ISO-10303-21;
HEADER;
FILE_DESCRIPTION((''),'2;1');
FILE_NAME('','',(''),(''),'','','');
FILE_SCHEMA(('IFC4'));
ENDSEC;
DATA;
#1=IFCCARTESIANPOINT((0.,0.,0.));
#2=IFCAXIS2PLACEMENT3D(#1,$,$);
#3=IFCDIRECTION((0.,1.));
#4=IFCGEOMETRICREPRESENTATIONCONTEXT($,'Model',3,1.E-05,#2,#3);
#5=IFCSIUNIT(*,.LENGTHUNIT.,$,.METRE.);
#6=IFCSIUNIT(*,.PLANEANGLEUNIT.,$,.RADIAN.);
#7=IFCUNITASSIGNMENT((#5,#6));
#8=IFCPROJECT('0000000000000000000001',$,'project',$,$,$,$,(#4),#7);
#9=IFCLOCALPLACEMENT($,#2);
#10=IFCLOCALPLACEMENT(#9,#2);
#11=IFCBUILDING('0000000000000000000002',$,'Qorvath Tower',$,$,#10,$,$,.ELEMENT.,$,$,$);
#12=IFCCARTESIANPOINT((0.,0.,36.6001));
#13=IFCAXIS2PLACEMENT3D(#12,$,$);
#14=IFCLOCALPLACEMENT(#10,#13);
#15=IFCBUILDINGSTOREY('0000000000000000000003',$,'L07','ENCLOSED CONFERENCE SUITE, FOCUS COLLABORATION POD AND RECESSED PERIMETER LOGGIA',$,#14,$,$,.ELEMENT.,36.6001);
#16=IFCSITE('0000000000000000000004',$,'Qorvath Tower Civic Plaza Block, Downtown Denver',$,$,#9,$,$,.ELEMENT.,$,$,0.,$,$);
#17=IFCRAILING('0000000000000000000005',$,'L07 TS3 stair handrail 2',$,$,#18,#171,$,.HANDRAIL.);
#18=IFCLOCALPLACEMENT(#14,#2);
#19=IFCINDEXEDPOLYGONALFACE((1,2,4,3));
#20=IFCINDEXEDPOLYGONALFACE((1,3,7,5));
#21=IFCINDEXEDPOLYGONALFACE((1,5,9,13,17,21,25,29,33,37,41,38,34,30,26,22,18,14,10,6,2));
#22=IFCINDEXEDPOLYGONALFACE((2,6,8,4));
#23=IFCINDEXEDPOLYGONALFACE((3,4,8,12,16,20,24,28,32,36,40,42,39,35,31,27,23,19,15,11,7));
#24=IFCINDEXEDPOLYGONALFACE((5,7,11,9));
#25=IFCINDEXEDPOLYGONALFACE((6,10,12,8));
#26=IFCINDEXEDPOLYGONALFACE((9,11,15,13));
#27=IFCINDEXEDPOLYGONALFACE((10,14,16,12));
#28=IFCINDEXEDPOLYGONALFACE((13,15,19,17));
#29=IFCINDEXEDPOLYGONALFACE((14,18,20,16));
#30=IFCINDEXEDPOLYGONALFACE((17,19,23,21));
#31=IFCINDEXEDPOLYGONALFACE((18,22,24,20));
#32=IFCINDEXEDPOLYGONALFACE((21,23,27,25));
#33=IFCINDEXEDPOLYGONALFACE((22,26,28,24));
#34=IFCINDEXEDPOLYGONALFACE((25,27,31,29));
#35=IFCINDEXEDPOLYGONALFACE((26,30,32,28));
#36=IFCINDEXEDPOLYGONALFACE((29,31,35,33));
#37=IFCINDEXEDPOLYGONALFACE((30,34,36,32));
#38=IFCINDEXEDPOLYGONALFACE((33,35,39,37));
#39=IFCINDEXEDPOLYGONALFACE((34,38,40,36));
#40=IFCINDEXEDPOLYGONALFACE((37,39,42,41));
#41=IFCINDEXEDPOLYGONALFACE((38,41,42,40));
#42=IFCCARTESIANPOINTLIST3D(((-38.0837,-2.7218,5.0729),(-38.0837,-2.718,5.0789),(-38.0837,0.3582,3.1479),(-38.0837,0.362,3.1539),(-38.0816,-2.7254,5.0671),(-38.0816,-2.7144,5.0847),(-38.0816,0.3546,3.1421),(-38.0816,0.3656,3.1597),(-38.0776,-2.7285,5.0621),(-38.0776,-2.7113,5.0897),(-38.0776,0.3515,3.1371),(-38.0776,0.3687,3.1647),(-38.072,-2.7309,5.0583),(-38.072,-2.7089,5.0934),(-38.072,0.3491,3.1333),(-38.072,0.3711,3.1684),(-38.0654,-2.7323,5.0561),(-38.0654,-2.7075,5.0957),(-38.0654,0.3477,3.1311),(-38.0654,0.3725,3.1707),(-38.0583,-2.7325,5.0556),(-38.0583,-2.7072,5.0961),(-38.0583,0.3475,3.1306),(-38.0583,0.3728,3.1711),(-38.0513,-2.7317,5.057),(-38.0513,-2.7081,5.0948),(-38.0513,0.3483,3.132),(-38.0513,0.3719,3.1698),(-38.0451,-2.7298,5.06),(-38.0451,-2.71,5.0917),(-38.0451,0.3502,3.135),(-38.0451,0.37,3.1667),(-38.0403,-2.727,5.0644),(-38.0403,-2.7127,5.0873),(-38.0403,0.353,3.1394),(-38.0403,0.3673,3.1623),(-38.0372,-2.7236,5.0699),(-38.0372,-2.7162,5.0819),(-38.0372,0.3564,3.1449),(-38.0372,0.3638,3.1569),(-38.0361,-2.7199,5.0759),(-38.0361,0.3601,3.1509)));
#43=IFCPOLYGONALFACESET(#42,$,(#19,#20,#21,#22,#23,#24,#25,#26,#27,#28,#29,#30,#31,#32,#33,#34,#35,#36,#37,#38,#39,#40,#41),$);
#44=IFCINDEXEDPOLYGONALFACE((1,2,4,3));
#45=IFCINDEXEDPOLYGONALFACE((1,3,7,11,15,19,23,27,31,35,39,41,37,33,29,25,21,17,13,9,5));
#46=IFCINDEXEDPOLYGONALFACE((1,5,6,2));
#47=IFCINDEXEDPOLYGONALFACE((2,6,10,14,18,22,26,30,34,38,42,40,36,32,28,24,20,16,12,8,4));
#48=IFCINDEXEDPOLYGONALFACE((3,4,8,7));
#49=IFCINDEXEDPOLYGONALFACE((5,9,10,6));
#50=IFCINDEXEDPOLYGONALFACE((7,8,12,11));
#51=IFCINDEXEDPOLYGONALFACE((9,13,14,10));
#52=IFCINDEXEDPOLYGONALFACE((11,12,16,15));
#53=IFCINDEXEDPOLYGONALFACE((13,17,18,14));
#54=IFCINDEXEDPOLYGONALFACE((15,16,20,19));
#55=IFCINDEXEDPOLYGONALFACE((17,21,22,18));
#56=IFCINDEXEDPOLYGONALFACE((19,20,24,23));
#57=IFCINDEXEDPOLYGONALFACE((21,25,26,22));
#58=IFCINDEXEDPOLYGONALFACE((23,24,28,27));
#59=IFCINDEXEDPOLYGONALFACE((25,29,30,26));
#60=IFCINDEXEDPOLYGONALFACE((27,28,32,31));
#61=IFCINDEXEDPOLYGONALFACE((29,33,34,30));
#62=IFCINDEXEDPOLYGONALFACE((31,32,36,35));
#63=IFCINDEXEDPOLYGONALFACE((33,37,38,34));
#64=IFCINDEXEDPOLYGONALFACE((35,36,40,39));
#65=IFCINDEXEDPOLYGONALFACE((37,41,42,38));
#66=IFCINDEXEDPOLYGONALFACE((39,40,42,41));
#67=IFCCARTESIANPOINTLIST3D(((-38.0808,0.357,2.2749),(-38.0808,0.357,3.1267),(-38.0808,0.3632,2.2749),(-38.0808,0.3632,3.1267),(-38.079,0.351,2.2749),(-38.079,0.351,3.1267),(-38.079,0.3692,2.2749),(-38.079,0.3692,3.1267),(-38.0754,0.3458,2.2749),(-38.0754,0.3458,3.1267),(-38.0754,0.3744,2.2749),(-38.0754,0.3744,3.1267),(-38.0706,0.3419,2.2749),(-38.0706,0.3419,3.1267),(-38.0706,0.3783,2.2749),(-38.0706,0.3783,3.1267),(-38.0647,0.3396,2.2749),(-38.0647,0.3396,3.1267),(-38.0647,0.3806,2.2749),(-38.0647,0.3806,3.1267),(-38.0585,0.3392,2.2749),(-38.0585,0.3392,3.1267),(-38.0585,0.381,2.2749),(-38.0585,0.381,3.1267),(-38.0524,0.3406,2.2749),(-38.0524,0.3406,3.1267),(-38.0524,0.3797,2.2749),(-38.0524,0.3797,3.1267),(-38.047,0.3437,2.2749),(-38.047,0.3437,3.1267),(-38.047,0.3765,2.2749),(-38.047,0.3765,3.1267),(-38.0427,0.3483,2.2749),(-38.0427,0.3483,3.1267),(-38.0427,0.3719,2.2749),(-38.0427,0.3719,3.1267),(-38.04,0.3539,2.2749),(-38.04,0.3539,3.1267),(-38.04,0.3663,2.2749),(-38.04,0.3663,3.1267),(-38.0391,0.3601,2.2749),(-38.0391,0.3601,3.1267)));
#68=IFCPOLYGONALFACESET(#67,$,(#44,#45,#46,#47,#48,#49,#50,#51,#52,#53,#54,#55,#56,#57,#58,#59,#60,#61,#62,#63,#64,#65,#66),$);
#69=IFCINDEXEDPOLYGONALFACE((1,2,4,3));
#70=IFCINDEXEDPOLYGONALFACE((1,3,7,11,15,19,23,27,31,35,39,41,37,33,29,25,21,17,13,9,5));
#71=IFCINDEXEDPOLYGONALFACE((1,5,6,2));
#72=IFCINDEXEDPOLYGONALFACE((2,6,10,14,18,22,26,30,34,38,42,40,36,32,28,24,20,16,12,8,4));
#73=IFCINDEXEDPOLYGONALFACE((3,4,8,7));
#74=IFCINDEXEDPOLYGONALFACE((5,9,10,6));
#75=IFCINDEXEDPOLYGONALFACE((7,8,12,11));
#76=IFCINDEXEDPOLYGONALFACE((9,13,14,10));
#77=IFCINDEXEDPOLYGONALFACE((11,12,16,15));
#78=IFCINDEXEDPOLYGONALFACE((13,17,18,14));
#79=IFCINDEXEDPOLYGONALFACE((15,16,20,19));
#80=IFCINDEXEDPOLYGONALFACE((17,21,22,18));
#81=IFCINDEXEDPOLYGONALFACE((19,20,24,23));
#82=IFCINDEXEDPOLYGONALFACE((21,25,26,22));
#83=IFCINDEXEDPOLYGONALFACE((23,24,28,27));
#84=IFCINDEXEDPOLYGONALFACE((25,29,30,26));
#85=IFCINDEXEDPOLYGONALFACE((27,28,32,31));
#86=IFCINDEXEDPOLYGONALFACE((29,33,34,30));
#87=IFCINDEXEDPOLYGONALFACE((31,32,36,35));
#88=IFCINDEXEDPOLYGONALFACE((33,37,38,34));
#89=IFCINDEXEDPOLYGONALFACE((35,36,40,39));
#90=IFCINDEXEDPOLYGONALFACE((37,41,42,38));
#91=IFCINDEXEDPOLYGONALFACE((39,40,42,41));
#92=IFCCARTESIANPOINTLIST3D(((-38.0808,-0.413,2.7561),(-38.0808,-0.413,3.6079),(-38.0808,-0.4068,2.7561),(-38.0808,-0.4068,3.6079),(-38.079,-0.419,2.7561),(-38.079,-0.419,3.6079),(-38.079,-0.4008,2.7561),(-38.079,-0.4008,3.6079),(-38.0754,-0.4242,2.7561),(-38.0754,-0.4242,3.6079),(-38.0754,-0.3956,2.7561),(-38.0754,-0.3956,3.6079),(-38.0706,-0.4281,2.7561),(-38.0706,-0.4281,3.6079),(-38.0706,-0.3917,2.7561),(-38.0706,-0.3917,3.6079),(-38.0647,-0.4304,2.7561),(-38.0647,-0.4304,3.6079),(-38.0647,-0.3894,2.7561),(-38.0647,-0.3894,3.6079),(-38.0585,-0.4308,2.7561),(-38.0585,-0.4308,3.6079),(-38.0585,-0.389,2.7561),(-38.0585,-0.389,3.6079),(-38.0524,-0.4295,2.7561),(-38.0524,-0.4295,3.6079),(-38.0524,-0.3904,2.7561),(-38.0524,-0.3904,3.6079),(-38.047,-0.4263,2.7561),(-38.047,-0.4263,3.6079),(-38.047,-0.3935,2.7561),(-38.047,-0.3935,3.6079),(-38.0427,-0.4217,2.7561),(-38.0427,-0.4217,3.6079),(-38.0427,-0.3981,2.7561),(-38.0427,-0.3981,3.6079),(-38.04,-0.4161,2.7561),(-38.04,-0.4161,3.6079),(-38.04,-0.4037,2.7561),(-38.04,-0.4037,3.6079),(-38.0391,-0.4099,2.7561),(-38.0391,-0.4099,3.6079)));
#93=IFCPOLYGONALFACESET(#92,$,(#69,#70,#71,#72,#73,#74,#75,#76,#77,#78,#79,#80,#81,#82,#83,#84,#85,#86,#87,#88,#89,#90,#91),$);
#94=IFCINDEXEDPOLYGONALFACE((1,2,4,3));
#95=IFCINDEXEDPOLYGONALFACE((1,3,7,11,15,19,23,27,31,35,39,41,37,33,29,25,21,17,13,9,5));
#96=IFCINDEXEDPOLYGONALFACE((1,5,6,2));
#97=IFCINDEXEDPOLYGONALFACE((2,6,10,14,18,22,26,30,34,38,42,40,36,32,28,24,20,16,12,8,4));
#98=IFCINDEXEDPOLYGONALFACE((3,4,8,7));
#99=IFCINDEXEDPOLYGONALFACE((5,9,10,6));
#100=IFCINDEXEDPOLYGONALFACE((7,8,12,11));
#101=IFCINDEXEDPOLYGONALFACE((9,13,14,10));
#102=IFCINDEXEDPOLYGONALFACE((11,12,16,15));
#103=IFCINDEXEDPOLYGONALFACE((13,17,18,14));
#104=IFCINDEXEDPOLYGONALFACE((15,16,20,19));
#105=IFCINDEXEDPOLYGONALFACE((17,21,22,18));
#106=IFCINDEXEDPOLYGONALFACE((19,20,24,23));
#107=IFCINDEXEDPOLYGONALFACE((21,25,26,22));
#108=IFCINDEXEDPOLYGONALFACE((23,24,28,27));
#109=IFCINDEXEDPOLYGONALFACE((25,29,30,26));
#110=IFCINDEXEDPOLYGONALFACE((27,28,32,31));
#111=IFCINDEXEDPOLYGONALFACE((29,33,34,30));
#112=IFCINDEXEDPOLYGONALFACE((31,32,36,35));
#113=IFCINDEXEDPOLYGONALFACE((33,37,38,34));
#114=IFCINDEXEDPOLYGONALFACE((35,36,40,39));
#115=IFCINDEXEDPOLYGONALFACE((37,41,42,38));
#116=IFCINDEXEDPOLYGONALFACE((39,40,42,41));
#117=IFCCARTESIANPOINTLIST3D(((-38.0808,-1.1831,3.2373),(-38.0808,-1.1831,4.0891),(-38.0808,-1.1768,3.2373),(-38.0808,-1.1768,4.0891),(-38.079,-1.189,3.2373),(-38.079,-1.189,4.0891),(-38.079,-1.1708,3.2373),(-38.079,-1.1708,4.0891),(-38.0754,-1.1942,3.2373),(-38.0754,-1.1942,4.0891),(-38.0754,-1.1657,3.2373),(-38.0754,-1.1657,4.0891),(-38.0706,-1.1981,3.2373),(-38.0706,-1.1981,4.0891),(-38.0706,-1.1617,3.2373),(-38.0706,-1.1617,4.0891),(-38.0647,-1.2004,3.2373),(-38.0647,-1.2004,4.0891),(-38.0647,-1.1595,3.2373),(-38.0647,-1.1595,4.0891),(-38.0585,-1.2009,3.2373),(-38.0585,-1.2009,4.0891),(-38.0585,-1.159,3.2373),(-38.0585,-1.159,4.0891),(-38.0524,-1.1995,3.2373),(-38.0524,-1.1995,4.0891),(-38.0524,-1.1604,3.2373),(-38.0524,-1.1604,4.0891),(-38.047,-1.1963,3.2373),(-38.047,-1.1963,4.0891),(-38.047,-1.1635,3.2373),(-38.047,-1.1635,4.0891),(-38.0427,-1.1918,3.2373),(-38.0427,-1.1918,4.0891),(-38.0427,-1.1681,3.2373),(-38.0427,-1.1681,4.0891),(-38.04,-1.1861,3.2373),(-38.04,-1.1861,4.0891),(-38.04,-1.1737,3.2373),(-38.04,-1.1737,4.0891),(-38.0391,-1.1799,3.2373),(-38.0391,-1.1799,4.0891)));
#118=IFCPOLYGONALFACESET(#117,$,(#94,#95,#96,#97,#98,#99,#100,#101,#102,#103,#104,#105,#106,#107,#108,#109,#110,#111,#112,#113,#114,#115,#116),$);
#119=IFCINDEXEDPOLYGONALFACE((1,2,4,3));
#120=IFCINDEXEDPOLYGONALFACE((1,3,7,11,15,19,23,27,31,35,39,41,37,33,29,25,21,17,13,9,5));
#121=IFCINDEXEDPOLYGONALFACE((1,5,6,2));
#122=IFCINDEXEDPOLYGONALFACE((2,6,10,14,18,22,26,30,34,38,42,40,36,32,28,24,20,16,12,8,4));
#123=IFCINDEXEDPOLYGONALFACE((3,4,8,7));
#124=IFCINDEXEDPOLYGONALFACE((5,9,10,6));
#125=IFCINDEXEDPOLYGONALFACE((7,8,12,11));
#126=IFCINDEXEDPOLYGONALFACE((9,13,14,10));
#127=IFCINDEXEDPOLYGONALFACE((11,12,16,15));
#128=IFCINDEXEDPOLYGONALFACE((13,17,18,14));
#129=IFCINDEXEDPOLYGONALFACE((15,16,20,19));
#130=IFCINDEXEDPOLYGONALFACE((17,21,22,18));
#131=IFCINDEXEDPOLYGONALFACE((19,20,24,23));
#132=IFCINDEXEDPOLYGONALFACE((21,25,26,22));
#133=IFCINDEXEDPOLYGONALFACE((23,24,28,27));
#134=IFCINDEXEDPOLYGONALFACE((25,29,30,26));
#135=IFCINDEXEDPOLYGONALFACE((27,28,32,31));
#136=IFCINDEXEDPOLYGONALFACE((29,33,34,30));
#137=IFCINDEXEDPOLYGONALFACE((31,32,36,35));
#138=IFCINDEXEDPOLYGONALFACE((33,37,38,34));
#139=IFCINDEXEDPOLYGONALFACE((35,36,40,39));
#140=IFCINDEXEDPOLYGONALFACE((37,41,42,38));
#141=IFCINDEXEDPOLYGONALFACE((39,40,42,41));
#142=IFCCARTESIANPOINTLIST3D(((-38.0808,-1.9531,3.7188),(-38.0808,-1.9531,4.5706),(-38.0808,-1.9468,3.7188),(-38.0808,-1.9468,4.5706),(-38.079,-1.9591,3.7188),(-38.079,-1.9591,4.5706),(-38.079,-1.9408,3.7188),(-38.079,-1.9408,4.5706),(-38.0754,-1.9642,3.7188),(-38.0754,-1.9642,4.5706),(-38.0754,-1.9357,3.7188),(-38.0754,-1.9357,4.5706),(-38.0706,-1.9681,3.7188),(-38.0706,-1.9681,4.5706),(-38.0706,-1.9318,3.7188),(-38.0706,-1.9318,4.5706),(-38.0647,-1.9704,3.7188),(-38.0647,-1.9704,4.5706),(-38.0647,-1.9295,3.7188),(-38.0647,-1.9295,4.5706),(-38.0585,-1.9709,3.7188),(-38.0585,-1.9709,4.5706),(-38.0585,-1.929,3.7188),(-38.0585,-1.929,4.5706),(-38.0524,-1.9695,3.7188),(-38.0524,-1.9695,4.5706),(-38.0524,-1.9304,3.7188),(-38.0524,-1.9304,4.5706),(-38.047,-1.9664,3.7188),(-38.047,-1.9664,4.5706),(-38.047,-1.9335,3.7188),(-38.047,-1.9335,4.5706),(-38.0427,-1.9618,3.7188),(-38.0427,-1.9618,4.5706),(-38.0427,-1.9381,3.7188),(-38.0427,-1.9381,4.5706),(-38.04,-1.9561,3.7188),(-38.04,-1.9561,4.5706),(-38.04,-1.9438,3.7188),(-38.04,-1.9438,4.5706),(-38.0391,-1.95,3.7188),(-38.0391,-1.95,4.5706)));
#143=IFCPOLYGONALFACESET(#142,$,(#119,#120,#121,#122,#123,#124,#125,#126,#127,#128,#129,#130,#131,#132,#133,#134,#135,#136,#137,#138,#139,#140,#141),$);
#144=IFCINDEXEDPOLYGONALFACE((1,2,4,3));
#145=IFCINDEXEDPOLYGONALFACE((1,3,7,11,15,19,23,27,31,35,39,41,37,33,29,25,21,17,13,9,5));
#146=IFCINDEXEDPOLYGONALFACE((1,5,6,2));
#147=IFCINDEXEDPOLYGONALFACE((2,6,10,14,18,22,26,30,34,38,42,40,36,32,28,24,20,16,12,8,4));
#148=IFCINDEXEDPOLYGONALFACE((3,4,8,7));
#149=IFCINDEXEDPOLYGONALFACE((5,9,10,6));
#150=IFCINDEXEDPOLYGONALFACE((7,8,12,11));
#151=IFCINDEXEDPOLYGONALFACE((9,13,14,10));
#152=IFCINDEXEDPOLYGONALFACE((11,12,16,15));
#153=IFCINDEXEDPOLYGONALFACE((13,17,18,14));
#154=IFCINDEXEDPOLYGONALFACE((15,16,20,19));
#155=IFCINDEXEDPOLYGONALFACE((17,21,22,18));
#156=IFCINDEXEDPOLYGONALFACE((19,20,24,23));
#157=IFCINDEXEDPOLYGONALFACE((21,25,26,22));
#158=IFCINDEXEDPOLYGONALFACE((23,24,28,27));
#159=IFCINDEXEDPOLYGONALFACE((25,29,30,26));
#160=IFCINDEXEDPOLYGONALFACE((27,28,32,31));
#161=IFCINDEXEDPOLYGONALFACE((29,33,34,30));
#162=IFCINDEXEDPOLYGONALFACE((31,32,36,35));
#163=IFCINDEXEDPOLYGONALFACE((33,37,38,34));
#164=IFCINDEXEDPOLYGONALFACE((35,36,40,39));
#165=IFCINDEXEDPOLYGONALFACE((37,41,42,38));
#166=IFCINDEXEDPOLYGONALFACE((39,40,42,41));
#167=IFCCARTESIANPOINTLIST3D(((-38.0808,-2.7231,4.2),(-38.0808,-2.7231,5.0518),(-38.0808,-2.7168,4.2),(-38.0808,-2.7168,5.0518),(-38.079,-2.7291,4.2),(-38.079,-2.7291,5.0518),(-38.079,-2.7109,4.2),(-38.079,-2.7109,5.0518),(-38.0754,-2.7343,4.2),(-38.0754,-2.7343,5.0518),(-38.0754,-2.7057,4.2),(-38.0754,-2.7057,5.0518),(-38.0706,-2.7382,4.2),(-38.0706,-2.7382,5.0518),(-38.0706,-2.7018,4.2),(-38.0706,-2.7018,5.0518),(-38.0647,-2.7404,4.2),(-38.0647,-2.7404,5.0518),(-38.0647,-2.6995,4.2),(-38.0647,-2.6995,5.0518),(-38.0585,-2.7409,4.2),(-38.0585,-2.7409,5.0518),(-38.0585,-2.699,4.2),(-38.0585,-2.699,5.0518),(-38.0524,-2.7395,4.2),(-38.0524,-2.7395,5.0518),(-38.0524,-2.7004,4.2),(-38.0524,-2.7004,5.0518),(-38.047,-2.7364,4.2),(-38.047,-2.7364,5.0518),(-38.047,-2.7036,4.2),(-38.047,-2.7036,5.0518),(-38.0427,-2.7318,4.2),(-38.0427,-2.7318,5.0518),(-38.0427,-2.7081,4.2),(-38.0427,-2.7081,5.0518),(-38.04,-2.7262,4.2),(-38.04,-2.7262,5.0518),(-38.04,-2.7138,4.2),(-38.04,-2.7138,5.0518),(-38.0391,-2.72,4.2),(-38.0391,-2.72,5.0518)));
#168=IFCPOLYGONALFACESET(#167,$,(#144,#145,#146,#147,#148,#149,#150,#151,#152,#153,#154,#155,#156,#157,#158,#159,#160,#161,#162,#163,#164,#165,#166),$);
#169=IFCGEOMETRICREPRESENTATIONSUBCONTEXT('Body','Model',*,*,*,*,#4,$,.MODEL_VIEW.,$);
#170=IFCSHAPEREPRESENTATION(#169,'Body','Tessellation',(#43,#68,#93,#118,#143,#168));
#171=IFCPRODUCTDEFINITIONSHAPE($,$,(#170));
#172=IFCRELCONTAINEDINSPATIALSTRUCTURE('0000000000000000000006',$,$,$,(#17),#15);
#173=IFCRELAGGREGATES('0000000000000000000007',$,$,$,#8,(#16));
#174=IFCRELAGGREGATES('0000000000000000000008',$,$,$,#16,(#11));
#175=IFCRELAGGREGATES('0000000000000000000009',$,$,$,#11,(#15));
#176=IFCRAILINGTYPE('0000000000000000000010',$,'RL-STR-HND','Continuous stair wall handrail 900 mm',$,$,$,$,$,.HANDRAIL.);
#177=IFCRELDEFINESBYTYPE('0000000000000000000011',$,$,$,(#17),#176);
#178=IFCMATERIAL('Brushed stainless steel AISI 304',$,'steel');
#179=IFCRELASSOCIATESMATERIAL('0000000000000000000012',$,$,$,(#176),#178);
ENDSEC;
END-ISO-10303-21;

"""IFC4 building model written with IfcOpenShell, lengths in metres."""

from ifc_helpers import new_model, si_unit, direction, frame, origin, origin_2d, place, context, subcontext, project, spatial, circle, extrude, material, type_object, element, save


model = new_model("IFC4")

# Units and contexts
model_context = context("Model", 3, precision=1e-05, world=origin(), true_north=direction((0.0, 1.0)))
body_context = subcontext(model_context, "Body", "Model", "MODEL_VIEW")
ifc_project = project(units=[si_unit("LENGTHUNIT", "METRE"), si_unit("PLANEANGLEUNIT", "RADIAN")], contexts=[model_context])

# Site, building, storey
site_placement = place(None, origin())
site = spatial("IfcSite", under=ifc_project, at=site_placement, Name="Qorvath Tower Civic Plaza Block, Downtown Denver", CompositionType="ELEMENT", RefElevation=0.0)
building_placement = place(site_placement, origin())
building = spatial("IfcBuilding", under=site, at=building_placement, Name="Qorvath Tower", CompositionType="ELEMENT")
storey_placement = place(building_placement, frame((0.0, 0.0, 36.6001)))
storey = spatial("IfcBuildingStorey", under=building, at=storey_placement, Name="L07", Description="ENCLOSED CONFERENCE SUITE, FOCUS COLLABORATION POD AND RECESSED PERIMETER LOGGIA", CompositionType="ELEMENT", Elevation=36.6001)

# Railing
ifc_material_1 = material(Name="Brushed stainless steel AISI 304", Category="steel")
railing_type_1 = type_object("IfcRailingType", Name="RL-STR-HND", Description="Continuous stair wall handrail 900 mm", PredefinedType="HANDRAIL", material=ifc_material_1)
railing_1_placement = place(storey_placement, frame((-38.0601, 0.3601, 2.2749)))
element("IfcRailing", 1, at=railing_1_placement, inside=storey, type_object=railing_type_1, Name="L07 TS3 stair handrail 2", PredefinedType="HANDRAIL", context=body_context, shape_type="SweptSolid", body=[
    extrude(circle(Radius=0.0239, at=origin_2d()), frame((0.0, 0.0, 0.876), z_axis=(0.0, -0.847998, 0.529999), x_axis=(1.0, 0.0, 0.0)), (0.0, 0.0, 1.0), 3.6321),
    extrude(circle(Radius=0.021, at=origin_2d()), origin(), (0.0, 0.0, 1.0), 0.8518),
    extrude(circle(Radius=0.021, at=origin_2d()), frame((0.0, -0.77, 0.4812)), (0.0, 0.0, 1.0), 0.8518),
    extrude(circle(Radius=0.021, at=origin_2d()), frame((0.0, -1.54, 0.9624)), (0.0, 0.0, 1.0), 0.8518),
    extrude(circle(Radius=0.021, at=origin_2d()), frame((0.0, -2.3101, 1.4438)), (0.0, 0.0, 1.0), 0.8518),
    extrude(circle(Radius=0.021, at=origin_2d()), frame((0.0, -3.0801, 1.925)), (0.0, 0.0, 1.0), 0.8518),
])

save(model, "model.ifc")
